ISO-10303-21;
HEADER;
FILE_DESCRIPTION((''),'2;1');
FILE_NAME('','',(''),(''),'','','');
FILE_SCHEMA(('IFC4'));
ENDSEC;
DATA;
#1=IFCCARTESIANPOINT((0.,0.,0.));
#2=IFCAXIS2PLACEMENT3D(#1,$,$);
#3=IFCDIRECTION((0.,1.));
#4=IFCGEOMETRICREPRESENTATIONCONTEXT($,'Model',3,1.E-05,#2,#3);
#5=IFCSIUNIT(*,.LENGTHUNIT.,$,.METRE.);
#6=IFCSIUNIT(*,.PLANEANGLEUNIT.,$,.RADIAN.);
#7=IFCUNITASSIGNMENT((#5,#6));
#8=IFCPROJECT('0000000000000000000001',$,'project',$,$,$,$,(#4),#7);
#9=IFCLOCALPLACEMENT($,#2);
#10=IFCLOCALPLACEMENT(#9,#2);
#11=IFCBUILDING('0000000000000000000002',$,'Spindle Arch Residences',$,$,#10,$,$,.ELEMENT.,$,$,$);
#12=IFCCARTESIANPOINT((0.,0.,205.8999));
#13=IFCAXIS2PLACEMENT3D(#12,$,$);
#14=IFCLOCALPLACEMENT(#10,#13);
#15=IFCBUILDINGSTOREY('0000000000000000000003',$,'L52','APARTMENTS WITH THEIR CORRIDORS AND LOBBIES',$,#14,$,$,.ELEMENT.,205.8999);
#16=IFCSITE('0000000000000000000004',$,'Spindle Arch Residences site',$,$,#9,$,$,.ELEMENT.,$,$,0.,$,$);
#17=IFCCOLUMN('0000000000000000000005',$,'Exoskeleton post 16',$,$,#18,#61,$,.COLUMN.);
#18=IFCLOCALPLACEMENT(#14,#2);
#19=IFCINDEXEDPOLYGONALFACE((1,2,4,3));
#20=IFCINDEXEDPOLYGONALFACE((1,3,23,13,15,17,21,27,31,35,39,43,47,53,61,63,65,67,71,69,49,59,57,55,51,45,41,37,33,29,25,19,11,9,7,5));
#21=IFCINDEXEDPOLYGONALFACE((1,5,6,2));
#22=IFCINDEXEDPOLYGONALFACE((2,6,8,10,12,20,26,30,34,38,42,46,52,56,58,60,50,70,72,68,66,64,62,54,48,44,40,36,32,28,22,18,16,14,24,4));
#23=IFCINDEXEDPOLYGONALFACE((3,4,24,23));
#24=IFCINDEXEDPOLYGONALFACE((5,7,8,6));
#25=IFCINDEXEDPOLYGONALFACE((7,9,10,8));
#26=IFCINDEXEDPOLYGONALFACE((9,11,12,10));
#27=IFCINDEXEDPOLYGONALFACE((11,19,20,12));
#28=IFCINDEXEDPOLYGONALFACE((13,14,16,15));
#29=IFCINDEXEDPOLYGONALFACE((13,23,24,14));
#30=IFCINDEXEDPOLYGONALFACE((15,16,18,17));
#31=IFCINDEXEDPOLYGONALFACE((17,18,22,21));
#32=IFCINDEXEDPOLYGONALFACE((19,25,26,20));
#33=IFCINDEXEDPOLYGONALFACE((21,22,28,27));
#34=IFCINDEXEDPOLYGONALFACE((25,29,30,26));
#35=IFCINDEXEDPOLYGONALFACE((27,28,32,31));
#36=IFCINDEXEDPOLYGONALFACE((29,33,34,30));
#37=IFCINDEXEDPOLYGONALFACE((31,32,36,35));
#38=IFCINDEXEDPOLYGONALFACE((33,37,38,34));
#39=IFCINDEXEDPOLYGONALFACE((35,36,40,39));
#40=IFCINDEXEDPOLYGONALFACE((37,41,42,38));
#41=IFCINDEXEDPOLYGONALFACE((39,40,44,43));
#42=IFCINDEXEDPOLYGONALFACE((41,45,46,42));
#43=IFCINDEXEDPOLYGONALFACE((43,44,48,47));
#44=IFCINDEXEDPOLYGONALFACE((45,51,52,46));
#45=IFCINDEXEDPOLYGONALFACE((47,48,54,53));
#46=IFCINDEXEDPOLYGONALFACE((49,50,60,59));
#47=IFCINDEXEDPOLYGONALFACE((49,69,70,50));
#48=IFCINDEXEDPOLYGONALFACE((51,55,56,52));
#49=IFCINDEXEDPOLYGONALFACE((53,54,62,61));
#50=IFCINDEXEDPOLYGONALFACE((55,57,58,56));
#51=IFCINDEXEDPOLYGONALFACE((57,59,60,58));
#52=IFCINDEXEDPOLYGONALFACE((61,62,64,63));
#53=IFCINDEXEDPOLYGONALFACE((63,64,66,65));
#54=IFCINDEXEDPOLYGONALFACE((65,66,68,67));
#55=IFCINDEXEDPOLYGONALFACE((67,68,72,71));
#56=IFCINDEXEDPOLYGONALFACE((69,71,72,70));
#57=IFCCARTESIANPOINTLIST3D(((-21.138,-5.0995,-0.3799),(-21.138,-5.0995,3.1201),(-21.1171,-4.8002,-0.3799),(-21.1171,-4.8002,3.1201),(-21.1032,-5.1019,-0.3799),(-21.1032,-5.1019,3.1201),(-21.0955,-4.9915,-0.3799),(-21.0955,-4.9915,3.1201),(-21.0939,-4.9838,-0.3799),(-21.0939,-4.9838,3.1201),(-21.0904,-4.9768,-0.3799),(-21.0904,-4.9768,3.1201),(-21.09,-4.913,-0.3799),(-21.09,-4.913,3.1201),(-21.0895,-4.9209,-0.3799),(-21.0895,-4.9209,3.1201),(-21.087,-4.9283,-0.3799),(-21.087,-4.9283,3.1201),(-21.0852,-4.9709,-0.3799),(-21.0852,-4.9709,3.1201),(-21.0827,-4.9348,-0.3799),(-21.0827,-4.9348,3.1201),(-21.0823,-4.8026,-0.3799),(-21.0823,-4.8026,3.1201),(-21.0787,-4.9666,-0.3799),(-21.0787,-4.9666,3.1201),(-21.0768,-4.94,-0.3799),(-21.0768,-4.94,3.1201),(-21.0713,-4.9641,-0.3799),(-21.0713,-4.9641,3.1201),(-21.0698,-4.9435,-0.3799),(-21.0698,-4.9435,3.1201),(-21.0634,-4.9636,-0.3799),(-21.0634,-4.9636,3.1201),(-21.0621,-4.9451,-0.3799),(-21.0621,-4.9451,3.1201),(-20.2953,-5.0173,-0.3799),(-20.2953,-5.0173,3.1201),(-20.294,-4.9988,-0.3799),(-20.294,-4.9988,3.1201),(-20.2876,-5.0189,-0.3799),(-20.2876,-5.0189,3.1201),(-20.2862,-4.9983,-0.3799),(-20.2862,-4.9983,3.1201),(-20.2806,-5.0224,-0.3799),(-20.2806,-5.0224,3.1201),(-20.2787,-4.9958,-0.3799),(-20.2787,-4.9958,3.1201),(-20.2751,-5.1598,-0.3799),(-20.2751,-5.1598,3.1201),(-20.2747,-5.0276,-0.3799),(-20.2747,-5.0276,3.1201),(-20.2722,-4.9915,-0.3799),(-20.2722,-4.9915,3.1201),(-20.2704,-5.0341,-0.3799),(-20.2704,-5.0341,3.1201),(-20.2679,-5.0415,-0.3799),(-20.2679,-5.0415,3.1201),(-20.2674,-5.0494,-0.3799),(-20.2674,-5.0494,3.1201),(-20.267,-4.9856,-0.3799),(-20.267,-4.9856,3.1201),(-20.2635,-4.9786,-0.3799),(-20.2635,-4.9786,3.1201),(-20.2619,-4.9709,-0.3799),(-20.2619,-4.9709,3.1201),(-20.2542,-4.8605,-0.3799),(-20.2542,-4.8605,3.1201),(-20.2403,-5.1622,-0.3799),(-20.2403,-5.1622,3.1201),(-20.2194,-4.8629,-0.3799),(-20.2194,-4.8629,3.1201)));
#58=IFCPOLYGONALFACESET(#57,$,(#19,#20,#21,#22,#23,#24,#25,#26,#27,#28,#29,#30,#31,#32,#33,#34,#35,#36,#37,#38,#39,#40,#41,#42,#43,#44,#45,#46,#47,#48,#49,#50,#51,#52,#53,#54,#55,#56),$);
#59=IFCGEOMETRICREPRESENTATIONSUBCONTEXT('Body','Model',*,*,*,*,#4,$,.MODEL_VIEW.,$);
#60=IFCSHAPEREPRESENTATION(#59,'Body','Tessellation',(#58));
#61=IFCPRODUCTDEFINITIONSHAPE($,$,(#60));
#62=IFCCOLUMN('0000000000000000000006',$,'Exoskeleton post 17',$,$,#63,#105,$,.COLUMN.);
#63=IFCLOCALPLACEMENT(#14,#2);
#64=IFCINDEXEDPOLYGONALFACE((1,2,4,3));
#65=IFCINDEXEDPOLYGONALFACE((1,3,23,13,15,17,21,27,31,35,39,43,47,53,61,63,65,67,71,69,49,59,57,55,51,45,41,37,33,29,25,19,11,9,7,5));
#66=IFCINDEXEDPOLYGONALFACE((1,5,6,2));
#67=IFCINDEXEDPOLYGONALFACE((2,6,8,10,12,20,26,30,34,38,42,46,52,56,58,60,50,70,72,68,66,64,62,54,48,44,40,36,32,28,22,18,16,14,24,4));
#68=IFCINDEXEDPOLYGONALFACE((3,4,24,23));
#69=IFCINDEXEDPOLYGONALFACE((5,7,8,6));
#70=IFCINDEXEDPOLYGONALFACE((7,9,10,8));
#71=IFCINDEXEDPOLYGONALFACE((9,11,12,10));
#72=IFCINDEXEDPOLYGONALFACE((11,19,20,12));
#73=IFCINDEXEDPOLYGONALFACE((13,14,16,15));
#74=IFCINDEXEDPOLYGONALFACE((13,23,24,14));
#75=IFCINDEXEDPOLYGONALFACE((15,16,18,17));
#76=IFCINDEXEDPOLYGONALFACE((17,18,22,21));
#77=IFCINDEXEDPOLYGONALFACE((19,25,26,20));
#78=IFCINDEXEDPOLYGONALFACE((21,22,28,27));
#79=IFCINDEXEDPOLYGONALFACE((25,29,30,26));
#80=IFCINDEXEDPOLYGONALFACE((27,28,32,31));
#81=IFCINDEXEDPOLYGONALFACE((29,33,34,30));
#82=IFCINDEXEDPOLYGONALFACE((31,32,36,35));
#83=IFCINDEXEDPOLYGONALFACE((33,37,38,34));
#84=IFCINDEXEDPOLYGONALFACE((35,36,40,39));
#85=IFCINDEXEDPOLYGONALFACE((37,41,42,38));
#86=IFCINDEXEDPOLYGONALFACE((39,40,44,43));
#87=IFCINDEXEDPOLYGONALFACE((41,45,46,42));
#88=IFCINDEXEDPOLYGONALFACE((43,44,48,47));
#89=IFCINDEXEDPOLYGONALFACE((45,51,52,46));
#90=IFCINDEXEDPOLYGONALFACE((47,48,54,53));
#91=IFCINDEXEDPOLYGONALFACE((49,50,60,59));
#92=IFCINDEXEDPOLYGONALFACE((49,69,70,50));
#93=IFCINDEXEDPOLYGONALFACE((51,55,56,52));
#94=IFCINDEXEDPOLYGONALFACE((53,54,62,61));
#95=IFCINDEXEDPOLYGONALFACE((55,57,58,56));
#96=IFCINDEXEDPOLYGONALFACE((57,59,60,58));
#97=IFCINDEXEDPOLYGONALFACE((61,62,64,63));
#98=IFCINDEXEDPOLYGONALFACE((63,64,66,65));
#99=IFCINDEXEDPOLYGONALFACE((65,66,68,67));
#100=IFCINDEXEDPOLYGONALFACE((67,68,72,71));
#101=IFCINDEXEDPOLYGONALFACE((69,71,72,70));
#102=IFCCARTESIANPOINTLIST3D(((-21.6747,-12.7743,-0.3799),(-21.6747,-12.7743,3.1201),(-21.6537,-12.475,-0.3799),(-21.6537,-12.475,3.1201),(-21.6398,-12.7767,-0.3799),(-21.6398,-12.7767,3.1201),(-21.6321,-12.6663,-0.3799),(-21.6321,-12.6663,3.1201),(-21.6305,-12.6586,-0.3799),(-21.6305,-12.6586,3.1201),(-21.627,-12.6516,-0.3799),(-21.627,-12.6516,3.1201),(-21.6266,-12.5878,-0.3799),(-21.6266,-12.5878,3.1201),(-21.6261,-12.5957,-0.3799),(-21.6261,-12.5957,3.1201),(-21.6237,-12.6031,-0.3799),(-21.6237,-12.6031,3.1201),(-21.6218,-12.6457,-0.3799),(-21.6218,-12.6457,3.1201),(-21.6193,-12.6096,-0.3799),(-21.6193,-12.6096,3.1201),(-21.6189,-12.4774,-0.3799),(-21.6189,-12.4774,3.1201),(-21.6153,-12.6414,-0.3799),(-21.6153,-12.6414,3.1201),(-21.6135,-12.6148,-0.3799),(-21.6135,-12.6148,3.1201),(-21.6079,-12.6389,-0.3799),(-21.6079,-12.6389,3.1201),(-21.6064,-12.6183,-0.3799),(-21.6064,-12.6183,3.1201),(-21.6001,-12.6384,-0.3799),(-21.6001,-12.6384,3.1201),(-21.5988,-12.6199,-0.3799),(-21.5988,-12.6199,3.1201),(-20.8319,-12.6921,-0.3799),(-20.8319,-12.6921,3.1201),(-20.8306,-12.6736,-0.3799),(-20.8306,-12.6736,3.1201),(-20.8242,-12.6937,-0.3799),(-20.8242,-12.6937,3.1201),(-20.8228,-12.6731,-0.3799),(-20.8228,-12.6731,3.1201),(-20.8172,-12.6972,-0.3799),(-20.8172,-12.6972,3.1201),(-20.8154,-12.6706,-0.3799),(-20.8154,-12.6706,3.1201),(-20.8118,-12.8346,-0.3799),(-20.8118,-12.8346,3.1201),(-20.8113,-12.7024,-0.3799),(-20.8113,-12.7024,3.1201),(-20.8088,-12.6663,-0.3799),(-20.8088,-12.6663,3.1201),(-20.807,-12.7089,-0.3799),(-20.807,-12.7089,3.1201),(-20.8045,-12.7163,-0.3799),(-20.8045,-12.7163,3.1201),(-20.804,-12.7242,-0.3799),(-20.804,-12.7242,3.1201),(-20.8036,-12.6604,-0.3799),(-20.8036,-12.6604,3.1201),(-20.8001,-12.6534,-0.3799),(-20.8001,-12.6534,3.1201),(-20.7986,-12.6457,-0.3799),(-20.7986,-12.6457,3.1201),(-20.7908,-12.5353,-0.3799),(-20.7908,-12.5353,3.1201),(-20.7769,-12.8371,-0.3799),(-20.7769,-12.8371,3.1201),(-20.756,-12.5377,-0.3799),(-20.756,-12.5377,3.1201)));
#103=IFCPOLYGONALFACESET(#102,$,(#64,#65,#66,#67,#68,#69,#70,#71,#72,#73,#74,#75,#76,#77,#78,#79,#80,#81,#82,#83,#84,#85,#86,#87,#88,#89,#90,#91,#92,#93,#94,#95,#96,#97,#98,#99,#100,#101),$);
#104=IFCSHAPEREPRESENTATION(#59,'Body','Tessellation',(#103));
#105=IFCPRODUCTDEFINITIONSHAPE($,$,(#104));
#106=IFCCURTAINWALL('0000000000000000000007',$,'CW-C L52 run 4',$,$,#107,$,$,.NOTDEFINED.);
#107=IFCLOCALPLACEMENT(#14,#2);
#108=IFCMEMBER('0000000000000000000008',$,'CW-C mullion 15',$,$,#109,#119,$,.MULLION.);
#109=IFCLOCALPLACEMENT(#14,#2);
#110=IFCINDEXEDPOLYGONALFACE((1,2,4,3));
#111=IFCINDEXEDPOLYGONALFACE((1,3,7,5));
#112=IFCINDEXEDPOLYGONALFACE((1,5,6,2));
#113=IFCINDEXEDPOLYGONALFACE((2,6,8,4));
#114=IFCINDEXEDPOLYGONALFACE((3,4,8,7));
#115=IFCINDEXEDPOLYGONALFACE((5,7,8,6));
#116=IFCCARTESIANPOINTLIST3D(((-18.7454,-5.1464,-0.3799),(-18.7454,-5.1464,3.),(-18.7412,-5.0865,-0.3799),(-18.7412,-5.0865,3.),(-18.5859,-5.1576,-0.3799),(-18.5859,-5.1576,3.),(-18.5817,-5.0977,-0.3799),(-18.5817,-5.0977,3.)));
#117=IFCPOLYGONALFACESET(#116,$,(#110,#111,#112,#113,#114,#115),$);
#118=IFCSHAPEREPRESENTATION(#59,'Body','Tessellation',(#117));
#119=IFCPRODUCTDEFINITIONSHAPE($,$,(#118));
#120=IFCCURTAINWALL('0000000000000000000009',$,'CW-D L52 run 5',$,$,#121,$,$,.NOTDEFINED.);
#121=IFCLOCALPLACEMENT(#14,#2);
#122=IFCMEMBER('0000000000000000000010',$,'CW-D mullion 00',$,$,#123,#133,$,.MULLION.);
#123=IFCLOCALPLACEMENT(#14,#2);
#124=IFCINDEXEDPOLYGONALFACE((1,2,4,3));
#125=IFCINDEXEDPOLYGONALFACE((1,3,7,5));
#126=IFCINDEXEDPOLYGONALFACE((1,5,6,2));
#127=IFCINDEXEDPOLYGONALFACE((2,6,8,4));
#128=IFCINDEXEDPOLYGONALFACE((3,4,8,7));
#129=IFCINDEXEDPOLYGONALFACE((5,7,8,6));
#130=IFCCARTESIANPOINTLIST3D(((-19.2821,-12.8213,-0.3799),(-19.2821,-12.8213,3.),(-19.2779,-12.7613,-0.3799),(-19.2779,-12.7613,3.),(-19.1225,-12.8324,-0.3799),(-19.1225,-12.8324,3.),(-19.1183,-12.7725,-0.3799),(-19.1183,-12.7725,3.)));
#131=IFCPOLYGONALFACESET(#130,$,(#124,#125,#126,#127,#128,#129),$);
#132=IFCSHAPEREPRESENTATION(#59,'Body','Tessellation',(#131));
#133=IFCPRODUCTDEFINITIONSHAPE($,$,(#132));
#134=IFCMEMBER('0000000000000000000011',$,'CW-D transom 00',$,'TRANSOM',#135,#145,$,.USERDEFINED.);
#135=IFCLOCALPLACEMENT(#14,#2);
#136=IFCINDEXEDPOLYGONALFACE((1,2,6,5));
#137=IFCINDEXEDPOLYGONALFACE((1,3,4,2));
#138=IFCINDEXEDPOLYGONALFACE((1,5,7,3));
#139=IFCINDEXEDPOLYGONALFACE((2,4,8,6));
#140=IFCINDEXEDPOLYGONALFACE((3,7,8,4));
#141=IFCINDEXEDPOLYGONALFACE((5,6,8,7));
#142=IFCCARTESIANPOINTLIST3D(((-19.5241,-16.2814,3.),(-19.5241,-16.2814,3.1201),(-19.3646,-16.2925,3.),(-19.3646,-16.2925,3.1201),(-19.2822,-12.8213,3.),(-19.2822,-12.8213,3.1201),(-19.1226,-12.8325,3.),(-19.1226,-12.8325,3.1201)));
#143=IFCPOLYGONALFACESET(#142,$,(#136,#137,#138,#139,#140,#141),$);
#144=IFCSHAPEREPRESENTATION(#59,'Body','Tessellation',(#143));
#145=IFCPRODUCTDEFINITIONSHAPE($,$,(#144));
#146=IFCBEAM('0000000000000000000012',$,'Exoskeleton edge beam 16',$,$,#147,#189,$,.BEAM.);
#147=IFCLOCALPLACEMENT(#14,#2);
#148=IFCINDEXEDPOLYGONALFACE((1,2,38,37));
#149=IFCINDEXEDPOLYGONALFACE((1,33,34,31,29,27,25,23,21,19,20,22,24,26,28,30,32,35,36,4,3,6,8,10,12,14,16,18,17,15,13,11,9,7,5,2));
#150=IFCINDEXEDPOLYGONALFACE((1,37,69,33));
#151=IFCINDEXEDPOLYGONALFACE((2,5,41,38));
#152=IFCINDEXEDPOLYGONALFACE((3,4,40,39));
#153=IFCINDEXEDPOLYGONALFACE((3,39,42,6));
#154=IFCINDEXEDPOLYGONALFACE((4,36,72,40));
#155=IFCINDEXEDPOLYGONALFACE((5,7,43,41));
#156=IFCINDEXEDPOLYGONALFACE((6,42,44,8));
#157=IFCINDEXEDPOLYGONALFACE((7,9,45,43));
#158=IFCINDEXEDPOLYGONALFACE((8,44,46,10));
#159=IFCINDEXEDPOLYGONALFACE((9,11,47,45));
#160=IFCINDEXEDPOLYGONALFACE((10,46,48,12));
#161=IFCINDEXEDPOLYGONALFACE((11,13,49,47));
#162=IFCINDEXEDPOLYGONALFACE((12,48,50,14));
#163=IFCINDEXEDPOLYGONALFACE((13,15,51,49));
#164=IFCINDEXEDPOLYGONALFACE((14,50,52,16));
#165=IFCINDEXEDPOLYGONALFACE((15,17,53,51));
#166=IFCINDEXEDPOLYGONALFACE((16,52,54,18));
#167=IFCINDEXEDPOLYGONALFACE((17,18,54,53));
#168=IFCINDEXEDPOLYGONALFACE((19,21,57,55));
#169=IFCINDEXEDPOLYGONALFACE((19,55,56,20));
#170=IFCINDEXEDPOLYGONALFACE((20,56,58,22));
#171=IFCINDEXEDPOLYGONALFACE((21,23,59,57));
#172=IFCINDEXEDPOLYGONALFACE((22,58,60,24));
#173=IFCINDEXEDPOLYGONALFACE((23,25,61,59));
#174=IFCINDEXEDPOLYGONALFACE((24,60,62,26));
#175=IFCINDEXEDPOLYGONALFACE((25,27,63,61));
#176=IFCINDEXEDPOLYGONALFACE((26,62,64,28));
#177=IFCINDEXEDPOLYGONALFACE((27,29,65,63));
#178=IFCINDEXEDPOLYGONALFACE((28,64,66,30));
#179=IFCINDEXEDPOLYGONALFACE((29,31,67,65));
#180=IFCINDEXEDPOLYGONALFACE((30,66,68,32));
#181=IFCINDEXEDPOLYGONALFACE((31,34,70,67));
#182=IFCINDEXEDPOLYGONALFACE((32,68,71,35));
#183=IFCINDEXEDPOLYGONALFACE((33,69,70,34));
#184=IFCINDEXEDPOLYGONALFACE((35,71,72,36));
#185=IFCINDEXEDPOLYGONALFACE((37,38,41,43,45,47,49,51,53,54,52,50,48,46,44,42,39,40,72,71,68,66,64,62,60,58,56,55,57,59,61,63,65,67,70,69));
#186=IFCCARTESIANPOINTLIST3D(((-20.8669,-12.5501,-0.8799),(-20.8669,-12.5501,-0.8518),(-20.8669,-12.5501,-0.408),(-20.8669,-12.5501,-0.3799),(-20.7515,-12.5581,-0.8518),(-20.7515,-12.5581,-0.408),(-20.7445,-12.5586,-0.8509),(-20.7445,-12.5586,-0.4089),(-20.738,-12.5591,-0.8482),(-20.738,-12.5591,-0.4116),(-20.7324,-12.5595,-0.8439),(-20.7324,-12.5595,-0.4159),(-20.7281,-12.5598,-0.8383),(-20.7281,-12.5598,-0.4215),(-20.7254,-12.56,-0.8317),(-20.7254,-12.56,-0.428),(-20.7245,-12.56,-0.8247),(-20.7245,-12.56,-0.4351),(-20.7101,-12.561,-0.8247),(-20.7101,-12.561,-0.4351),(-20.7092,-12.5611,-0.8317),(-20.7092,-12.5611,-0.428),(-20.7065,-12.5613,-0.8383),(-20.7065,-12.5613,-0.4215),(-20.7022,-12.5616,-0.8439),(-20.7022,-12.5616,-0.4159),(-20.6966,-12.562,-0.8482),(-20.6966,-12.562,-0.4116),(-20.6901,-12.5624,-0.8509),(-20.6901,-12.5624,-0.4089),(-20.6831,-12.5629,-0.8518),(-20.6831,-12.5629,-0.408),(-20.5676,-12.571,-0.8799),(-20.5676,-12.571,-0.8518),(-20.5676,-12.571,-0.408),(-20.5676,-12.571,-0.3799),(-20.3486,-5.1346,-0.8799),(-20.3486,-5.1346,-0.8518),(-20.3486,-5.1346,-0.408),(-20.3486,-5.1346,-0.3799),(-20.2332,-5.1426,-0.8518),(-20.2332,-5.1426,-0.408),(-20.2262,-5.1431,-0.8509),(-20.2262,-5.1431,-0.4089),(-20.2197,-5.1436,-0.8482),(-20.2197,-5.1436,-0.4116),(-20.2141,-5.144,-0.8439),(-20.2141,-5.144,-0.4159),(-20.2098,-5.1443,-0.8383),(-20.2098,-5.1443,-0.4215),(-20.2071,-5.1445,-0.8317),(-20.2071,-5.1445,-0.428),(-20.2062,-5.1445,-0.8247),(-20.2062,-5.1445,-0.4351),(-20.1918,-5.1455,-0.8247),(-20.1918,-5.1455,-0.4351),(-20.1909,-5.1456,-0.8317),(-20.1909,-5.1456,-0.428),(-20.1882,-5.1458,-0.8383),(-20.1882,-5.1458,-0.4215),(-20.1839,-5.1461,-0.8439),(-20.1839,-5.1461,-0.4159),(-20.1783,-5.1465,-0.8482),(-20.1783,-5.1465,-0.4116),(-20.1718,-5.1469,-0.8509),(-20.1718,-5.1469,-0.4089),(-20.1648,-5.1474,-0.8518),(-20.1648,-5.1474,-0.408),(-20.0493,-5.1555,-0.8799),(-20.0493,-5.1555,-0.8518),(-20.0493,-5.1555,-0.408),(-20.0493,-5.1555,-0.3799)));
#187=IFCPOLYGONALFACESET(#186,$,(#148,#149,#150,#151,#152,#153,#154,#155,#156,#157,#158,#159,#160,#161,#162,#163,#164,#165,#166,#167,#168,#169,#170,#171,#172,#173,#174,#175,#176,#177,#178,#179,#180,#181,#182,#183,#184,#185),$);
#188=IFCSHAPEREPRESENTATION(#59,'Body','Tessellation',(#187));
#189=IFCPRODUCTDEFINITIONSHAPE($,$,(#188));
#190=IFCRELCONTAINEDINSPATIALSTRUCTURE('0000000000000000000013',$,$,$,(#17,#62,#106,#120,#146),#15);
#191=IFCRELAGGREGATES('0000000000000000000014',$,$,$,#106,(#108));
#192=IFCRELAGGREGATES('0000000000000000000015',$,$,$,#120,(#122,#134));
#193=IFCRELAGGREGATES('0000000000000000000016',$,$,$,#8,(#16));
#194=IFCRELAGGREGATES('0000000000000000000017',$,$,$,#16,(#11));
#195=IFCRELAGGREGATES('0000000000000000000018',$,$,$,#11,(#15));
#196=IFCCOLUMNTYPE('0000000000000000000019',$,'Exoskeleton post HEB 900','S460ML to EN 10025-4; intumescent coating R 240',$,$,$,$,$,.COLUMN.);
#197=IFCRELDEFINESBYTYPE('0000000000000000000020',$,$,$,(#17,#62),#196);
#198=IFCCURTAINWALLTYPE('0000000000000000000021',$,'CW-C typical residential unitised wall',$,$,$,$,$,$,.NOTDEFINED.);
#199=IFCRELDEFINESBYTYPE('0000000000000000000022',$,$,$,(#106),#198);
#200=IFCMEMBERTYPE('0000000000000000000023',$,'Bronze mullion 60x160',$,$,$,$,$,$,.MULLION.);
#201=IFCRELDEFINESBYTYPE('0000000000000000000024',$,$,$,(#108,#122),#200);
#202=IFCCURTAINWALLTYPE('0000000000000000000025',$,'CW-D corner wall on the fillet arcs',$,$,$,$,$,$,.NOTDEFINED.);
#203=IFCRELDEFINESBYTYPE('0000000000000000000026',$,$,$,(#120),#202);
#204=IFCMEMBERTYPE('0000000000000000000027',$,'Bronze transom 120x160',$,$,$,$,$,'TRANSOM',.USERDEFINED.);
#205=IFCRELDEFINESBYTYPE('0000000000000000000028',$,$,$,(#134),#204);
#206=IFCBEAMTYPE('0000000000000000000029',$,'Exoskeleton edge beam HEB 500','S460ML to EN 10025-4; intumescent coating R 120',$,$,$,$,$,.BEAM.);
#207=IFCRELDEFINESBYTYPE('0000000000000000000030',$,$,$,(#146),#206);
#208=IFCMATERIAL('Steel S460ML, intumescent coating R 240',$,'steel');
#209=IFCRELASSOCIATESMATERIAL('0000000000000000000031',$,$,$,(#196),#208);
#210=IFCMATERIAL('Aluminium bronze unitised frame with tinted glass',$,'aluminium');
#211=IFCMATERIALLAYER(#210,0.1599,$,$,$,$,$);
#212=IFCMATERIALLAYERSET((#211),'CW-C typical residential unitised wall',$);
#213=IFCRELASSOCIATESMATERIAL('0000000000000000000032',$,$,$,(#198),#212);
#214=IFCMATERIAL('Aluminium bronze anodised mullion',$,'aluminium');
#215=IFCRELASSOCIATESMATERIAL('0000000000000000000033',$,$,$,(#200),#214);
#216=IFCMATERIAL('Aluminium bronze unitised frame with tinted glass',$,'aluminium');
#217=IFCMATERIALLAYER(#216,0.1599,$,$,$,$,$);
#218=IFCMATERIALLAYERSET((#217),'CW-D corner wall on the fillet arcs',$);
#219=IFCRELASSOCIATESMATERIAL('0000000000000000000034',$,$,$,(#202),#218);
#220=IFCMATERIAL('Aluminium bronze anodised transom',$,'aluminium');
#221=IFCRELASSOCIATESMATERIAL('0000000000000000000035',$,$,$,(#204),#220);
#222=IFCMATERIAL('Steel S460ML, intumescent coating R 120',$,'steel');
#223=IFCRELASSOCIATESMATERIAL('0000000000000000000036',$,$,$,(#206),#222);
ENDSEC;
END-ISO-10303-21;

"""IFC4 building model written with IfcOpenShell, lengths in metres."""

from ifc_helpers import new_model, si_unit, direction, frame, origin, origin_2d, place, context, subcontext, project, spatial, rectangle, i_section, extrude, material, layer, layer_set, material_profile, profile_set, type_object, element, aggregate, save


model = new_model("IFC4")

# Units and contexts
model_context = context("Model", 3, precision=1e-05, world=origin(), true_north=direction((0.0, 1.0)))
body_context = subcontext(model_context, "Body", "Model", "MODEL_VIEW")
ifc_project = project(units=[si_unit("LENGTHUNIT", "METRE"), si_unit("PLANEANGLEUNIT", "RADIAN")], contexts=[model_context])

# Site, building, storey
site_placement = place(None, origin())
site = spatial("IfcSite", under=ifc_project, at=site_placement, Name="Spindle Arch Residences site", CompositionType="ELEMENT", RefElevation=0.0)
building_placement = place(site_placement, origin())
building = spatial("IfcBuilding", under=site, at=building_placement, Name="Spindle Arch Residences", CompositionType="ELEMENT")
storey_placement = place(building_placement, frame((0.0, 0.0, 205.8999)))
storey = spatial("IfcBuildingStorey", under=building, at=storey_placement, Name="L52", Description="APARTMENTS WITH THEIR CORRIDORS AND LOBBIES", CompositionType="ELEMENT", Elevation=205.8999)

# Columns
ifc_material_1 = material(Name="Steel S460ML, intumescent coating R 240", Category="steel")
ifc_material_profile_1 = material_profile(ifc_material_1, i_section(OverallWidth=0.3, OverallDepth=0.8999, WebThickness=0.0186, FlangeThickness=0.0349, FilletRadius=0.03, at=origin_2d()), Name="HEB 900")
ifc_profile_set_1 = profile_set([ifc_material_profile_1], Name="Steel S460ML, intumescent coating R 240")
column_type = type_object("IfcColumnType", Name="Exoskeleton post HEB 900", Description="S460ML to EN 10025-4; intumescent coating R 240", PredefinedType="COLUMN", material=ifc_profile_set_1)
for number, where, z_axis, x_axis, name in (
    (1, (-20.6787, -4.9812, -0.3799), (0.0, 0.0, 1.0), (0.069756, 0.997564, 0.0), "Exoskeleton post 16"),
    (2, (-21.2153, -12.656, -0.3799), (0.0, 0.0, 1.0), (0.069756, 0.997564, 0.0), "Exoskeleton post 17"),
):
    element("IfcColumn", number, at=place(storey_placement, frame(where, z_axis=z_axis, x_axis=x_axis)), inside=storey, type_object=column_type, Name=name, PredefinedType="COLUMN", context=body_context, shape_type="SweptSolid", body=[
        extrude(i_section(OverallWidth=0.3, OverallDepth=0.8999, WebThickness=0.0186, FlangeThickness=0.0349, FilletRadius=0.03, at=origin_2d()), origin(), (0.0, 0.0, 1.0), 3.5),
    ])

# Curtain wall, member
ifc_material_2 = material(Name="Aluminium bronze unitised frame with tinted glass", Category="aluminium")
ifc_layer_1 = layer(ifc_material_2, 0.1599)
ifc_layer_set_1 = layer_set([ifc_layer_1], Name="CW-C typical residential unitised wall")
curtain_wall_type_1 = type_object("IfcCurtainWallType", Name="CW-C typical residential unitised wall", PredefinedType="NOTDEFINED", material=ifc_layer_set_1)
curtain_wall_1_placement = place(storey_placement, origin())
curtain_wall_1 = element("IfcCurtainWall", 3, at=curtain_wall_1_placement, inside=storey, type_object=curtain_wall_type_1, Name="CW-C L52 run 4", PredefinedType="NOTDEFINED")
ifc_material_3 = material(Name="Aluminium bronze anodised mullion", Category="aluminium")
ifc_material_profile_2 = material_profile(ifc_material_3, rectangle(XDim=0.1599, YDim=0.0601, at=origin_2d()), Name="MU 60x160")
ifc_profile_set_2 = profile_set([ifc_material_profile_2], Name="Aluminium bronze anodised mullion")
member_type_1 = type_object("IfcMemberType", Name="Bronze mullion 60x160", PredefinedType="MULLION", material=ifc_profile_set_2)
member_1_placement = place(storey_placement, frame((-18.6636, -5.1221, -0.3799), z_axis=(0.0, 0.0, 1.0), x_axis=(0.997564, -0.069756, 0.0)))
member_1 = element("IfcMember", 4, at=member_1_placement, type_object=member_type_1, Name="CW-C mullion 15", PredefinedType="MULLION", context=body_context, shape_type="SweptSolid", body=[
    extrude(rectangle(XDim=0.1599, YDim=0.0601, at=origin_2d()), origin(), (0.0, 0.0, 1.0), 3.3799),
])

# Curtain wall, members
ifc_material_4 = material(Name="Aluminium bronze unitised frame with tinted glass", Category="aluminium")
ifc_layer_2 = layer(ifc_material_4, 0.1599)
ifc_layer_set_2 = layer_set([ifc_layer_2], Name="CW-D corner wall on the fillet arcs")
curtain_wall_type_2 = type_object("IfcCurtainWallType", Name="CW-D corner wall on the fillet arcs", PredefinedType="NOTDEFINED", material=ifc_layer_set_2)
curtain_wall_2_placement = place(storey_placement, origin())
curtain_wall_2 = element("IfcCurtainWall", 5, at=curtain_wall_2_placement, inside=storey, type_object=curtain_wall_type_2, Name="CW-D L52 run 5", PredefinedType="NOTDEFINED")
member_2_placement = place(storey_placement, frame((-19.2002, -12.7969, -0.3799), z_axis=(0.0, 0.0, 1.0), x_axis=(0.997564, -0.069756, 0.0)))
member_2 = element("IfcMember", 6, at=member_2_placement, type_object=member_type_1, Name="CW-D mullion 00", PredefinedType="MULLION", context=body_context, shape_type="SweptSolid", body=[
    extrude(rectangle(XDim=0.1599, YDim=0.0601, at=origin_2d()), origin(), (0.0, 0.0, 1.0), 3.3799),
])
ifc_material_5 = material(Name="Aluminium bronze anodised transom", Category="aluminium")
ifc_material_profile_3 = material_profile(ifc_material_5, rectangle(XDim=0.1599, YDim=0.1201, at=origin_2d()), Name="TR 120x160")
ifc_profile_set_3 = profile_set([ifc_material_profile_3], Name="Aluminium bronze anodised transom")
member_type_2 = type_object("IfcMemberType", Name="Bronze transom 120x160", ElementType="TRANSOM", PredefinedType="USERDEFINED", material=ifc_profile_set_3)
member_3_placement = place(storey_placement, frame((-19.2024, -12.8269, 3.0601), z_axis=(-0.069756, -0.997564, 0.0), x_axis=(0.997564, -0.069756, 0.0)))
member_3 = element("IfcMember", 7, at=member_3_placement, type_object=member_type_2, Name="CW-D transom 00", ObjectType="TRANSOM", PredefinedType="USERDEFINED", context=body_context, shape_type="SweptSolid", body=[
    extrude(rectangle(XDim=0.1599, YDim=0.1201, at=origin_2d()), origin(), (0.0, 0.0, 1.0), 3.4685),
])

# Beam
ifc_material_6 = material(Name="Steel S460ML, intumescent coating R 120", Category="steel")
ifc_material_profile_4 = material_profile(ifc_material_6, i_section(OverallWidth=0.3, OverallDepth=0.5, WebThickness=0.0144, FlangeThickness=0.0281, FilletRadius=0.0271, at=origin_2d()), Name="HEB 500")
ifc_profile_set_4 = profile_set([ifc_material_profile_4], Name="Steel S460ML, intumescent coating R 120")
beam_type_1 = type_object("IfcBeamType", Name="Exoskeleton edge beam HEB 500", Description="S460ML to EN 10025-4; intumescent coating R 120", PredefinedType="BEAM", material=ifc_profile_set_4)
beam_1_placement = place(storey_placement, frame((-20.199, -5.145, -0.6299), z_axis=(-0.069725, -0.997566, 0.0), x_axis=(0.997566, -0.069725, 0.0)))
element("IfcBeam", 8, at=beam_1_placement, inside=storey, type_object=beam_type_1, Name="Exoskeleton edge beam 16", PredefinedType="BEAM", context=body_context, shape_type="SweptSolid", body=[
    extrude(i_section(OverallWidth=0.3, OverallDepth=0.5, WebThickness=0.0144, FlangeThickness=0.0281, FilletRadius=0.0271, at=origin_2d()), origin(), (0.0, 0.0, 1.0), 7.4336),
])

aggregate(curtain_wall_1, [member_1])
aggregate(curtain_wall_2, [member_2, member_3])

save(model, "model.ifc")
